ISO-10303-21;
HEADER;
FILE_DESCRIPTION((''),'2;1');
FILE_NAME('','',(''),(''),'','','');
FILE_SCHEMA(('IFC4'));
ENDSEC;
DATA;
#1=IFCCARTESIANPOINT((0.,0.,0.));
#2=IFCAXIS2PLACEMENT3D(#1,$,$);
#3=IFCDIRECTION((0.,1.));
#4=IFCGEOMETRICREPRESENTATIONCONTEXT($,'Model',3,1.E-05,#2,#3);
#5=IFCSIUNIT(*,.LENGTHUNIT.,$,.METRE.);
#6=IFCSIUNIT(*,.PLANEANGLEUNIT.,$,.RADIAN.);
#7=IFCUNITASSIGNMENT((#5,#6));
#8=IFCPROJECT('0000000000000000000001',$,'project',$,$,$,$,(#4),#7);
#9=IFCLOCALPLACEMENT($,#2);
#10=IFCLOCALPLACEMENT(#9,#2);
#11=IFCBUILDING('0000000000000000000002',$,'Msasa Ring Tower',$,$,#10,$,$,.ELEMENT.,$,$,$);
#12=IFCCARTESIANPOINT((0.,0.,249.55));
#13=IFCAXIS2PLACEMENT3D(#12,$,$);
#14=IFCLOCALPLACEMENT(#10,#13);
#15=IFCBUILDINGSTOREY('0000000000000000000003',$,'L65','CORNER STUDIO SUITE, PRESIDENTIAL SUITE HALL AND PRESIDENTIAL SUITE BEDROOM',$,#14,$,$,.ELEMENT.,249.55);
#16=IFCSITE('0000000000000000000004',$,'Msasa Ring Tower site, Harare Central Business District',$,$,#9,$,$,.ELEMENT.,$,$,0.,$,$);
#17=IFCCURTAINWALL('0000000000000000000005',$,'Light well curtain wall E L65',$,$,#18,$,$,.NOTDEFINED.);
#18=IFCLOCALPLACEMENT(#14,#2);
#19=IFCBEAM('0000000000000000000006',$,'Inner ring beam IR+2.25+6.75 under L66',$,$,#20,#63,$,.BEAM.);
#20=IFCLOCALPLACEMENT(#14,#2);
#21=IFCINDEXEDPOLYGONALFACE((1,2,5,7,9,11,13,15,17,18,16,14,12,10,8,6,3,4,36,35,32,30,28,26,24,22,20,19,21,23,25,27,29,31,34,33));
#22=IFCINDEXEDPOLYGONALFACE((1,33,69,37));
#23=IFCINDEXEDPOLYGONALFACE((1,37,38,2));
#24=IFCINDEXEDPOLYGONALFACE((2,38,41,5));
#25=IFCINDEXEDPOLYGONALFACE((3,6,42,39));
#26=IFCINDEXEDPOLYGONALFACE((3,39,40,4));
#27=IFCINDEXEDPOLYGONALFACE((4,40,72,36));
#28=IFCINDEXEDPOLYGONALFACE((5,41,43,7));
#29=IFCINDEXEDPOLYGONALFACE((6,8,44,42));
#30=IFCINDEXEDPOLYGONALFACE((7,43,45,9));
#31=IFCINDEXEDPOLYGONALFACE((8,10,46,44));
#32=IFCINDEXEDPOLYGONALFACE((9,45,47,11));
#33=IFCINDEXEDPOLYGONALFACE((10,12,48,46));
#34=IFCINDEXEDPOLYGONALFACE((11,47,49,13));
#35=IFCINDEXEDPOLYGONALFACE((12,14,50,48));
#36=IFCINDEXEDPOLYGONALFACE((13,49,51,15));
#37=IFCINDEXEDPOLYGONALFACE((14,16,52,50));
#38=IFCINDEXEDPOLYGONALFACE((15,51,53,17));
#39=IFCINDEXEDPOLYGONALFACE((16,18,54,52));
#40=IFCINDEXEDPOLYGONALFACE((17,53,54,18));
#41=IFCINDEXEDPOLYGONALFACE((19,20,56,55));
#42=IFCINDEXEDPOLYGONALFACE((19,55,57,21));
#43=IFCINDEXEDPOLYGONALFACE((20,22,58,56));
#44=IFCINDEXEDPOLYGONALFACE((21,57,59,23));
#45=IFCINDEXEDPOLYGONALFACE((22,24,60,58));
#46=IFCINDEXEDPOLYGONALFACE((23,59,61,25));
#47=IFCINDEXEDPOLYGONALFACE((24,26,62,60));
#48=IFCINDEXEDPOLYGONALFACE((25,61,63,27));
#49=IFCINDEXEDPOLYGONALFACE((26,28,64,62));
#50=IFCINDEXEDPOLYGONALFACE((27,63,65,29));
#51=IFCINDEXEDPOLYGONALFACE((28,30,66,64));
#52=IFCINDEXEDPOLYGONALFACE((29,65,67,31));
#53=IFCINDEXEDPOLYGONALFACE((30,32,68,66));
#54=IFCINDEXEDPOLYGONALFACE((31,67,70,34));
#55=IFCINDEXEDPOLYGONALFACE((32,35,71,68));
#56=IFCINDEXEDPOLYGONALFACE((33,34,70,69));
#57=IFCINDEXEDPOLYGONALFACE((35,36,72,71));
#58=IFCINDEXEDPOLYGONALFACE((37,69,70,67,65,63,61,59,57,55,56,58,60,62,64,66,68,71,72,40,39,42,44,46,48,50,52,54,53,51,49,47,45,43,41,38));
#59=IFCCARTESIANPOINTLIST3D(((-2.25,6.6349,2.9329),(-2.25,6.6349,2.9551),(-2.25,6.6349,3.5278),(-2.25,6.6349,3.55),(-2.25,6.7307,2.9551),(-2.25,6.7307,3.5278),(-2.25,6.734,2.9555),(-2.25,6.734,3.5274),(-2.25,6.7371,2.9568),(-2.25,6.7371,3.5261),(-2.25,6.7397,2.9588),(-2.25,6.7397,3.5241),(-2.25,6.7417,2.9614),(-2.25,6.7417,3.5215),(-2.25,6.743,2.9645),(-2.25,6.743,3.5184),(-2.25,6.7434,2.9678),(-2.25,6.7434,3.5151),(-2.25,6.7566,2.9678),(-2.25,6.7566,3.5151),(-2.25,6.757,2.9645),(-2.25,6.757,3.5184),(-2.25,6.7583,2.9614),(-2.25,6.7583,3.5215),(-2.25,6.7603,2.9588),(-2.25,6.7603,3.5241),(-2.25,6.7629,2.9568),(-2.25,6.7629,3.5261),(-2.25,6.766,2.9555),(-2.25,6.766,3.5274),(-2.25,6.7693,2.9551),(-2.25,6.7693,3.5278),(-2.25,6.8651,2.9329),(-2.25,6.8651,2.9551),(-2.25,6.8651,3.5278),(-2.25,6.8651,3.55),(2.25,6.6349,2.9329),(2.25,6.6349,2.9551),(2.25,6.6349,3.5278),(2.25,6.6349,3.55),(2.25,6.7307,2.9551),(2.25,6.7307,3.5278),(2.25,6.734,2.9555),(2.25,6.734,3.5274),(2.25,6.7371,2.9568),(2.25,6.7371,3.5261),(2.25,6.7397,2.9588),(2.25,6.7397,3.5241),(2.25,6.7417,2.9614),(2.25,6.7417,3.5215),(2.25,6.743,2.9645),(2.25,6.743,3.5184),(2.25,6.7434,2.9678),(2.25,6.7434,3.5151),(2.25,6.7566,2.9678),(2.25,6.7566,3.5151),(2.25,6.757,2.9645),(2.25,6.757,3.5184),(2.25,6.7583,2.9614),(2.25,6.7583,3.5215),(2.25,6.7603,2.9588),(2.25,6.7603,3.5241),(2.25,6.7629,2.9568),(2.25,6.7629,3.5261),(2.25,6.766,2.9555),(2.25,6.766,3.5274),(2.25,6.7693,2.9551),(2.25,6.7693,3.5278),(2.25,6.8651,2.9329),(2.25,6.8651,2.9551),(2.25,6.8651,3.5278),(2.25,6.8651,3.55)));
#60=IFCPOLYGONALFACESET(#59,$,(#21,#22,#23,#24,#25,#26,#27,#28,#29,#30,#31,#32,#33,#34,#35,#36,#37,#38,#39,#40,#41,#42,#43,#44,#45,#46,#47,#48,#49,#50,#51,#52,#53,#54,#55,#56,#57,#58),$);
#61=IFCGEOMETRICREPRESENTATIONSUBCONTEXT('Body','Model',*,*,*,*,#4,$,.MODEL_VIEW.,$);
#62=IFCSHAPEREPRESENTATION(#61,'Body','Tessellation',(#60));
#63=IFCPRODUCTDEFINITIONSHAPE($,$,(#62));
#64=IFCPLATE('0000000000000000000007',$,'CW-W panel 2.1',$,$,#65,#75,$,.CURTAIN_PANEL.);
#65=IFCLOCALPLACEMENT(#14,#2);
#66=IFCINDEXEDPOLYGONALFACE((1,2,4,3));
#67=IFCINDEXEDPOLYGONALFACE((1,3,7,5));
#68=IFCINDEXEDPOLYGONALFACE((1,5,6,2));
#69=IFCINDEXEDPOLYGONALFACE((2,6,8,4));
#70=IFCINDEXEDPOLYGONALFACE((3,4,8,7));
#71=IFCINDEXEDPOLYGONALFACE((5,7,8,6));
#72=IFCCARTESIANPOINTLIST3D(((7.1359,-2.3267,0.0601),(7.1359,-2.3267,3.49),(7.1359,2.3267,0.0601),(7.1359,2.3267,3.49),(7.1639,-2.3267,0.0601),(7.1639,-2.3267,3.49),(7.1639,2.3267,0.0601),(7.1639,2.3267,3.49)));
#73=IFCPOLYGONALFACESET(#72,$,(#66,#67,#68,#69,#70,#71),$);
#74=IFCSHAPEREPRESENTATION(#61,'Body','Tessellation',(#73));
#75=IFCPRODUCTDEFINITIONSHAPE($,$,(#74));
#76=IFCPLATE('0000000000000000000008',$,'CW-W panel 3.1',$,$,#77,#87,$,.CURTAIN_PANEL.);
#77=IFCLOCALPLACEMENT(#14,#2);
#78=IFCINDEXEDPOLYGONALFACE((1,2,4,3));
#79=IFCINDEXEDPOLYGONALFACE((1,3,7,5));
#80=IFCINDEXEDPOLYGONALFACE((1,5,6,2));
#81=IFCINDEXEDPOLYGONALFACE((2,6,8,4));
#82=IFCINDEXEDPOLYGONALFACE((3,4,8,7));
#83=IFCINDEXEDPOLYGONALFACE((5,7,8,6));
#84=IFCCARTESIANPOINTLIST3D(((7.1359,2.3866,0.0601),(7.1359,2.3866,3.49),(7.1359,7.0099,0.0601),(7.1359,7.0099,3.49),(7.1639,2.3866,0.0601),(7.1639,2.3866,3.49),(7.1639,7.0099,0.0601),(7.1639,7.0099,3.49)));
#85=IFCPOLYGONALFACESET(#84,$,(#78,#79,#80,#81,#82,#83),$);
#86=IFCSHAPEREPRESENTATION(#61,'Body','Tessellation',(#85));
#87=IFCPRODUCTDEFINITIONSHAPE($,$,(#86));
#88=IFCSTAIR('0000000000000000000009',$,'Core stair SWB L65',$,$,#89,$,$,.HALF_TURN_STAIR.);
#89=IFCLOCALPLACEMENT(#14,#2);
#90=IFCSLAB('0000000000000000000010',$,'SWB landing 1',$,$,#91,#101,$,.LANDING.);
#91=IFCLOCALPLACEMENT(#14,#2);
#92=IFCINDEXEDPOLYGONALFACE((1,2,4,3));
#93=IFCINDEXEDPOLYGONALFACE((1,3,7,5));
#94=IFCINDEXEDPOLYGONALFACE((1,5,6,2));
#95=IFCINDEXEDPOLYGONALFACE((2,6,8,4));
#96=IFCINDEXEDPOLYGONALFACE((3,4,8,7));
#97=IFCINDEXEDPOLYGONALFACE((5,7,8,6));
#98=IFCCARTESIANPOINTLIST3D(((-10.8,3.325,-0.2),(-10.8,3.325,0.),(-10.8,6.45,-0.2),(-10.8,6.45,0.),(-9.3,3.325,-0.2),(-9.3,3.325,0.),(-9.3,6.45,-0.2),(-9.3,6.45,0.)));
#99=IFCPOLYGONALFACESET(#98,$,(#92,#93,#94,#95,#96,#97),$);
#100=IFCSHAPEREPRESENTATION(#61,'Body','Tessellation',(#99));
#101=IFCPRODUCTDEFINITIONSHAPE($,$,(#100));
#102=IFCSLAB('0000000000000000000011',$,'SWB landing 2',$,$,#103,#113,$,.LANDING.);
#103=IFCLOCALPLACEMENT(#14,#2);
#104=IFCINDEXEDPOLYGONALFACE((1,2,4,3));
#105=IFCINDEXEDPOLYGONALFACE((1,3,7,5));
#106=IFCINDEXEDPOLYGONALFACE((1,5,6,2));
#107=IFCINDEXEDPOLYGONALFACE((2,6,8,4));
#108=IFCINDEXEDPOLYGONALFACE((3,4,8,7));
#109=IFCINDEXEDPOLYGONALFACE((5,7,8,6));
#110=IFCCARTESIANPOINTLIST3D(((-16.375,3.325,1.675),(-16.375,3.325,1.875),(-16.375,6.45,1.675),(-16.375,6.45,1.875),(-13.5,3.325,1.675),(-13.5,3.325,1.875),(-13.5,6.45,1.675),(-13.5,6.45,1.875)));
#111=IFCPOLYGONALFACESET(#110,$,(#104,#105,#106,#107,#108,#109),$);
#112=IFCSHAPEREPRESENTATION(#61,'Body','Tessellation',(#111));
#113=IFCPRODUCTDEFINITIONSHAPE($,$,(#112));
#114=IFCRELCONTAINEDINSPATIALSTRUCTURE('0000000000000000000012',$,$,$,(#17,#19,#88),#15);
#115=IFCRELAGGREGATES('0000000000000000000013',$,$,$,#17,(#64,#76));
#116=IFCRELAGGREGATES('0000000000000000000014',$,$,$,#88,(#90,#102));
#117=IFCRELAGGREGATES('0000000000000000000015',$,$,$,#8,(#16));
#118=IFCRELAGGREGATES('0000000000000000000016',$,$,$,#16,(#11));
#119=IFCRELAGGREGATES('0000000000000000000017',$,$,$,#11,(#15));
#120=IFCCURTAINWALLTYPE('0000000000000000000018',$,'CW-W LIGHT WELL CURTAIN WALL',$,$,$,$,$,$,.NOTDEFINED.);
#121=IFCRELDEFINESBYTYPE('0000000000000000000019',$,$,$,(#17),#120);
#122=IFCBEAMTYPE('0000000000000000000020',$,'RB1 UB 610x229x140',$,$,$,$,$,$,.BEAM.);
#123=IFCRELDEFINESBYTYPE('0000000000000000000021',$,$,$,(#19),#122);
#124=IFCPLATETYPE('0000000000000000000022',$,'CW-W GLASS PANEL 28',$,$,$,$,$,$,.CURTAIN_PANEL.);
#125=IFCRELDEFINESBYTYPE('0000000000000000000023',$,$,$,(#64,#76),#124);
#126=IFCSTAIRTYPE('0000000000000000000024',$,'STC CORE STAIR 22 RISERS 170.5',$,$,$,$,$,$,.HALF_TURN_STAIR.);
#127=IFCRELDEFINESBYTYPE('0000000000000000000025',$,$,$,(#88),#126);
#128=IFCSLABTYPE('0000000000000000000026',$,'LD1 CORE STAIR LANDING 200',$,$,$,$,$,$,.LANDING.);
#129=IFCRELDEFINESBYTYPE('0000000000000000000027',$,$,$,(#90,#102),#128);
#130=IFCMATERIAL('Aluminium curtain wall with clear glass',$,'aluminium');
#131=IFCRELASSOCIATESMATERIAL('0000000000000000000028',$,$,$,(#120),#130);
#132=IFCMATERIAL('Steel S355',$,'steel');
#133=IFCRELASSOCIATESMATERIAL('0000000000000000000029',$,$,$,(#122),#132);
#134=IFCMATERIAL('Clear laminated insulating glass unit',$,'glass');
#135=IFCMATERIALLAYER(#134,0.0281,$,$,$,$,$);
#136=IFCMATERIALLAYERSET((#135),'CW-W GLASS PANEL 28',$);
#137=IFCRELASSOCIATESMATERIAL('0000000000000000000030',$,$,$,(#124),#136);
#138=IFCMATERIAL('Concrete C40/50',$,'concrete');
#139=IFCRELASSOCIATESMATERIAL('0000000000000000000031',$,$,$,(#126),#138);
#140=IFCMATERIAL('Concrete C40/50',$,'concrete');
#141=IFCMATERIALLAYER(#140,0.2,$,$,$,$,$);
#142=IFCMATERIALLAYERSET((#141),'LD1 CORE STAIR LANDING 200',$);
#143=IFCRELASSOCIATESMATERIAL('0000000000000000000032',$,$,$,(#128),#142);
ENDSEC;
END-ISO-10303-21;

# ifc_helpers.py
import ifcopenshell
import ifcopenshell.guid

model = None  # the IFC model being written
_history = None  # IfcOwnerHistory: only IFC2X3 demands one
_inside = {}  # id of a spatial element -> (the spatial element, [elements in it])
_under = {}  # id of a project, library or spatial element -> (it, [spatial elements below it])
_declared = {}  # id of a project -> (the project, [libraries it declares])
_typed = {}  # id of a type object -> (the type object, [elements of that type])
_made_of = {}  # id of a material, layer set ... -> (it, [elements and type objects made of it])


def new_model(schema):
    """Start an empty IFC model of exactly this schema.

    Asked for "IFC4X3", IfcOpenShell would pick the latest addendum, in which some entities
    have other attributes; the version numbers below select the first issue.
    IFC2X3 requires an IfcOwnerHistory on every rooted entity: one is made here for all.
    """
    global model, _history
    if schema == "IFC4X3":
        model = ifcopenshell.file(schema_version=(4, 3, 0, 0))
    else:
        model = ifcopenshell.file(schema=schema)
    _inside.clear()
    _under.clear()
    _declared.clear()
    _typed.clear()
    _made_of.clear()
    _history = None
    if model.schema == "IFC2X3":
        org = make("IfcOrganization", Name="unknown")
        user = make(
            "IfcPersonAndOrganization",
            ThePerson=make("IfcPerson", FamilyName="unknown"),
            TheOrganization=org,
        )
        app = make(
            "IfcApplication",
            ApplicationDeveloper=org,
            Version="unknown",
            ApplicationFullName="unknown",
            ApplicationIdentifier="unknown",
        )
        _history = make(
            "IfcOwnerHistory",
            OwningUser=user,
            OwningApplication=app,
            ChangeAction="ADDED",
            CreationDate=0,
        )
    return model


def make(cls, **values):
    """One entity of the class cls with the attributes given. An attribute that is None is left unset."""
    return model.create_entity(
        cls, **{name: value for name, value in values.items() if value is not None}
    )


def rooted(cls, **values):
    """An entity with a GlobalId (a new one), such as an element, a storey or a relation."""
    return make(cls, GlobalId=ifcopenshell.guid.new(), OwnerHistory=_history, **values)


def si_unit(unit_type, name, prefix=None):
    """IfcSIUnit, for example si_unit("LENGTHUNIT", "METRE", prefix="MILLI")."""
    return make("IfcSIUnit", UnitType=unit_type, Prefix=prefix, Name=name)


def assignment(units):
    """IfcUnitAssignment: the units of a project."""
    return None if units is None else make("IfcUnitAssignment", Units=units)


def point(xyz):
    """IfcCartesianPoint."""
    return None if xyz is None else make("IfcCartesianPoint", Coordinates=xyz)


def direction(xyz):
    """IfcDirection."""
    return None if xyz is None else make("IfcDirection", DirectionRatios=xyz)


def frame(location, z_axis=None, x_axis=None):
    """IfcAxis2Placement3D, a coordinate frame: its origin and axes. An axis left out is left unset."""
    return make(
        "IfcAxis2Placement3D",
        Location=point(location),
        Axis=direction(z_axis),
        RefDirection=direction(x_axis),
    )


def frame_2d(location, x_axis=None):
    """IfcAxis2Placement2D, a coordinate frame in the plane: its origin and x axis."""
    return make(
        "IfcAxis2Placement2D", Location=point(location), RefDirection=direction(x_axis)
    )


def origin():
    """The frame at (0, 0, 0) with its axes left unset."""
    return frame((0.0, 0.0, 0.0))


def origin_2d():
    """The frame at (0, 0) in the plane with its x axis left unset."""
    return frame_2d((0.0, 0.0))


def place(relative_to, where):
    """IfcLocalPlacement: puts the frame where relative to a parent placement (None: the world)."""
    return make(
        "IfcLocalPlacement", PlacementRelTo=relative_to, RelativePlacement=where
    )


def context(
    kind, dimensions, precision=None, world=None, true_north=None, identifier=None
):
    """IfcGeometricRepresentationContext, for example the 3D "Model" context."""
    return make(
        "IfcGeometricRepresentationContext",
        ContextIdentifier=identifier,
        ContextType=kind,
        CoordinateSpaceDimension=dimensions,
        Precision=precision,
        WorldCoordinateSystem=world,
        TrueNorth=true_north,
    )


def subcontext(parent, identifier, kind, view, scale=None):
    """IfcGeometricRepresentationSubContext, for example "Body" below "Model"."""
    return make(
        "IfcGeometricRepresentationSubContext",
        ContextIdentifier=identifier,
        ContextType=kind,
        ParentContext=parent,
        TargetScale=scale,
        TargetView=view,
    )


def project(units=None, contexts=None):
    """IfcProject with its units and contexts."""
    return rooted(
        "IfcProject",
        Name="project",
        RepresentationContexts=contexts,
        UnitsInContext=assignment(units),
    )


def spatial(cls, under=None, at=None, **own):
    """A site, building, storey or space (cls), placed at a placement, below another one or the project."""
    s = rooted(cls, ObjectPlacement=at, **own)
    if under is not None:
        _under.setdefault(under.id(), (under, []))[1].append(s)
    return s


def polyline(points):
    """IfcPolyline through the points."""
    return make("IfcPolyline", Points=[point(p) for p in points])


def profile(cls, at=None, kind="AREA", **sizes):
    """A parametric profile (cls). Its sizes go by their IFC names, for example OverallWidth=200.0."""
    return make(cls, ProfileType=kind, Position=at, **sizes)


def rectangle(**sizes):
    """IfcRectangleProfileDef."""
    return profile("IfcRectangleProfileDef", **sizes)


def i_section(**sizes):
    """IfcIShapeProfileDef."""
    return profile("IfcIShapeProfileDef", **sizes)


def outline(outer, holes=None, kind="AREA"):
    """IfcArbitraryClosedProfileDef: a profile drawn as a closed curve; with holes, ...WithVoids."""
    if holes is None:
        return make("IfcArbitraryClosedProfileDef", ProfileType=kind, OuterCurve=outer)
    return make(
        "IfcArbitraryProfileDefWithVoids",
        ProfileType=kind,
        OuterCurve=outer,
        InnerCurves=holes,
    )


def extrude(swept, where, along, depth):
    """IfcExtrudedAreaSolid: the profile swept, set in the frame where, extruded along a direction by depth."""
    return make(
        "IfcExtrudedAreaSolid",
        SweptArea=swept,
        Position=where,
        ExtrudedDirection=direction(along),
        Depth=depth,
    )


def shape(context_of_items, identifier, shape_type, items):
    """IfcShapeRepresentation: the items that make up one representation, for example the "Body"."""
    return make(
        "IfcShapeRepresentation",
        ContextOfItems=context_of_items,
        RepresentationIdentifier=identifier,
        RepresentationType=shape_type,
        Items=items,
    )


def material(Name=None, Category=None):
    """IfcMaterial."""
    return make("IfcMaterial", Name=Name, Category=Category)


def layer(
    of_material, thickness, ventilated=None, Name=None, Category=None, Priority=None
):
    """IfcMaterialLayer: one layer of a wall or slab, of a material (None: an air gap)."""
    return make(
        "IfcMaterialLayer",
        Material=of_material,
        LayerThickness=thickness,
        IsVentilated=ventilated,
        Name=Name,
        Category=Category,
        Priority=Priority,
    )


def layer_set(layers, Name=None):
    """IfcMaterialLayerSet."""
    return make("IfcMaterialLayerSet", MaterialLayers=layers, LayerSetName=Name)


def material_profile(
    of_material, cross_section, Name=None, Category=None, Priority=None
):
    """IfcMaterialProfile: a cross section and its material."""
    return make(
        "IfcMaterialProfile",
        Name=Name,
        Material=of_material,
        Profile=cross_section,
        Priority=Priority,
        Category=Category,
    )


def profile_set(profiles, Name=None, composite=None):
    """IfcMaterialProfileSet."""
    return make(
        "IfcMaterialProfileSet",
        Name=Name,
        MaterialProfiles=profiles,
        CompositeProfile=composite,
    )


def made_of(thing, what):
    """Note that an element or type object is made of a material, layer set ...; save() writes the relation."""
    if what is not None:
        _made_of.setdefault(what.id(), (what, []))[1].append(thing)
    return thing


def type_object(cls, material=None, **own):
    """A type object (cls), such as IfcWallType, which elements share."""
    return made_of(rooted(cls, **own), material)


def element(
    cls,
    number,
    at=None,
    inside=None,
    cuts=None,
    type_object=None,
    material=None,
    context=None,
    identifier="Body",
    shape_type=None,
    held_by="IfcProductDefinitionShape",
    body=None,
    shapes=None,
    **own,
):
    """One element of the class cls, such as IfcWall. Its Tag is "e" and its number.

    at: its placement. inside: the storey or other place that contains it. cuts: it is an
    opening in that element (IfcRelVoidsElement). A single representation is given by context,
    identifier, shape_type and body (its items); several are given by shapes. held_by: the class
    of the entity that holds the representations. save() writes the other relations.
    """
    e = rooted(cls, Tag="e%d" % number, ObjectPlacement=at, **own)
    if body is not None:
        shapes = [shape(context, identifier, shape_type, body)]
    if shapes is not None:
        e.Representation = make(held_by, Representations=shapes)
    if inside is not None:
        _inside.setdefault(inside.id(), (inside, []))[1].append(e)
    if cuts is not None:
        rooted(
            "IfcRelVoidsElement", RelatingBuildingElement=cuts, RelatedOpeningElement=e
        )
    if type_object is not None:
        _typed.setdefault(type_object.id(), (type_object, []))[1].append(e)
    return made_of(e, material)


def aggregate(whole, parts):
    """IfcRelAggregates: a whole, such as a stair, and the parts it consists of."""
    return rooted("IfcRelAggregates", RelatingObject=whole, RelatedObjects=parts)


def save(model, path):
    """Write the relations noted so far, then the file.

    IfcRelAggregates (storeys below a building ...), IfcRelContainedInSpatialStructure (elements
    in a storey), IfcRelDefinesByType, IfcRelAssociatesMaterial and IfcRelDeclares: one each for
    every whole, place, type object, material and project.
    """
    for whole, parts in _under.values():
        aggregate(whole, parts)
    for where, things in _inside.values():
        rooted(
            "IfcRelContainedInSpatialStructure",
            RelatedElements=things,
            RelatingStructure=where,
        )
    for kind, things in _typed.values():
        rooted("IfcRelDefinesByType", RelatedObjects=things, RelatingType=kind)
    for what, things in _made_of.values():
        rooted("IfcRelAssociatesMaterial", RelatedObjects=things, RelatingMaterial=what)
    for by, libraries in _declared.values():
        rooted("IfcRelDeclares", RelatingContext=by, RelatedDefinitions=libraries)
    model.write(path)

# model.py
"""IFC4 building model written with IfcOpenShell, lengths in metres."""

from ifc_helpers import new_model, si_unit, direction, frame, origin, origin_2d, place, context, subcontext, project, spatial, polyline, rectangle, i_section, outline, extrude, material, layer, layer_set, material_profile, profile_set, type_object, element, aggregate, save


model = new_model("IFC4")

# Units and contexts
model_context = context("Model", 3, precision=1e-05, world=origin(), true_north=direction((0.0, 1.0)))
body_context = subcontext(model_context, "Body", "Model", "MODEL_VIEW")
ifc_project = project(units=[si_unit("LENGTHUNIT", "METRE"), si_unit("PLANEANGLEUNIT", "RADIAN")], contexts=[model_context])

# Site, building, storey
site_placement = place(None, origin())
site = spatial("IfcSite", under=ifc_project, at=site_placement, Name="Msasa Ring Tower site, Harare Central Business District", CompositionType="ELEMENT", RefElevation=0.0)
building_placement = place(site_placement, origin())
building = spatial("IfcBuilding", under=site, at=building_placement, Name="Msasa Ring Tower", CompositionType="ELEMENT")
storey_placement = place(building_placement, frame((0.0, 0.0, 249.55)))
storey = spatial("IfcBuildingStorey", under=building, at=storey_placement, Name="L65", Description="CORNER STUDIO SUITE, PRESIDENTIAL SUITE HALL AND PRESIDENTIAL SUITE BEDROOM", CompositionType="ELEMENT", Elevation=249.55)

# Curtain wall
ifc_material_1 = material(Name="Aluminium curtain wall with clear glass", Category="aluminium")
curtain_wall_type = type_object("IfcCurtainWallType", Name="CW-W LIGHT WELL CURTAIN WALL", PredefinedType="NOTDEFINED", material=ifc_material_1)
curtain_wall_placement = place(storey_placement, origin())
curtain_wall = element("IfcCurtainWall", 1, at=curtain_wall_placement, inside=storey, type_object=curtain_wall_type, Name="Light well curtain wall E L65", PredefinedType="NOTDEFINED")

# Beam
ifc_material_2 = material(Name="Steel S355", Category="steel")
ifc_material_profile_1 = material_profile(ifc_material_2, i_section(OverallWidth=0.2302, OverallDepth=0.6172, WebThickness=0.0132, FlangeThickness=0.0222, FilletRadius=0.0127, at=origin_2d()), Name="UB 610x229x140")
ifc_profile_set_1 = profile_set([ifc_material_profile_1], Name="Steel S355")
beam_type = type_object("IfcBeamType", Name="RB1 UB 610x229x140", PredefinedType="BEAM", material=ifc_profile_set_1)
for number, where, z_axis, x_axis, name in (
    (2, (2.25, 6.75, 3.2415), (-1.0, 0.0, 0.0), (0.0, -1.0, 0.0), "Inner ring beam IR+2.25+6.75 under L66"),
):
    element("IfcBeam", number, at=place(storey_placement, frame(where, z_axis=z_axis, x_axis=x_axis)), inside=storey, type_object=beam_type, Name=name, PredefinedType="BEAM", context=body_context, shape_type="SweptSolid", body=[
        extrude(i_section(OverallWidth=0.2302, OverallDepth=0.6172, WebThickness=0.0132, FlangeThickness=0.0222, FilletRadius=0.0127, at=origin_2d()), origin(), (0.0, 0.0, 1.0), 4.5),
    ])

# Plates
ifc_material_3 = material(Name="Clear laminated insulating glass unit", Category="glass")
ifc_layer_1 = layer(ifc_material_3, 0.0281)
ifc_layer_set_1 = layer_set([ifc_layer_1], Name="CW-W GLASS PANEL 28")
plate_type = type_object("IfcPlateType", Name="CW-W GLASS PANEL 28", PredefinedType="CURTAIN_PANEL", material=ifc_layer_set_1)
plate_1_placement = place(storey_placement, frame((7.1499, 0.0, 0.0601), z_axis=(0.0, 0.0, 1.0), x_axis=(0.0, 1.0, 0.0)))
plate_1 = element("IfcPlate", 3, at=plate_1_placement, type_object=plate_type, Name="CW-W panel 2.1", PredefinedType="CURTAIN_PANEL", context=body_context, shape_type="SweptSolid", body=[
    extrude(rectangle(XDim=4.6533, YDim=0.0281, at=origin_2d()), origin(), (0.0, 0.0, 1.0), 3.4299),
])
plate_2_placement = place(storey_placement, frame((7.1499, 4.6982, 0.0601), z_axis=(0.0, 0.0, 1.0), x_axis=(0.0, 1.0, 0.0)))
plate_2 = element("IfcPlate", 4, at=plate_2_placement, type_object=plate_type, Name="CW-W panel 3.1", PredefinedType="CURTAIN_PANEL", context=body_context, shape_type="SweptSolid", body=[
    extrude(rectangle(XDim=4.6233, YDim=0.0281, at=origin_2d()), origin(), (0.0, 0.0, 1.0), 3.4299),
])
aggregate(curtain_wall, [plate_1, plate_2])

# Stair, slabs
ifc_material_4 = material(Name="Concrete C40/50", Category="concrete")
stair_type = type_object("IfcStairType", Name="STC CORE STAIR 22 RISERS 170.5", PredefinedType="HALF_TURN_STAIR", material=ifc_material_4)
stair_placement = place(storey_placement, origin())
stair = element("IfcStair", 5, at=stair_placement, inside=storey, type_object=stair_type, Name="Core stair SWB L65", PredefinedType="HALF_TURN_STAIR")
ifc_material_5 = material(Name="Concrete C40/50", Category="concrete")
ifc_layer_2 = layer(ifc_material_5, 0.2)
ifc_layer_set_2 = layer_set([ifc_layer_2], Name="LD1 CORE STAIR LANDING 200")
slab_type = type_object("IfcSlabType", Name="LD1 CORE STAIR LANDING 200", PredefinedType="LANDING", material=ifc_layer_set_2)
slab_1_placement = place(storey_placement, frame((0.0, 0.0, -0.2)))
slab_1 = element("IfcSlab", 6, at=slab_1_placement, type_object=slab_type, Name="SWB landing 1", PredefinedType="LANDING", context=body_context, shape_type="SweptSolid", body=[
    extrude(outline(polyline([(-10.8, 3.325), (-9.3, 3.325), (-9.3, 6.45), (-10.8, 6.45), (-10.8, 3.325)])), origin(), (0.0, 0.0, 1.0), 0.2),
])
slab_2_placement = place(storey_placement, frame((0.0, 0.0, 1.675)))
slab_2 = element("IfcSlab", 7, at=slab_2_placement, type_object=slab_type, Name="SWB landing 2", PredefinedType="LANDING", context=body_context, shape_type="SweptSolid", body=[
    extrude(outline(polyline([(-16.375, 3.325), (-13.5, 3.325), (-13.5, 6.45), (-16.375, 6.45), (-16.375, 3.325)])), origin(), (0.0, 0.0, 1.0), 0.2),
])
aggregate(stair, [slab_1, slab_2])

save(model, "model.ifc")
